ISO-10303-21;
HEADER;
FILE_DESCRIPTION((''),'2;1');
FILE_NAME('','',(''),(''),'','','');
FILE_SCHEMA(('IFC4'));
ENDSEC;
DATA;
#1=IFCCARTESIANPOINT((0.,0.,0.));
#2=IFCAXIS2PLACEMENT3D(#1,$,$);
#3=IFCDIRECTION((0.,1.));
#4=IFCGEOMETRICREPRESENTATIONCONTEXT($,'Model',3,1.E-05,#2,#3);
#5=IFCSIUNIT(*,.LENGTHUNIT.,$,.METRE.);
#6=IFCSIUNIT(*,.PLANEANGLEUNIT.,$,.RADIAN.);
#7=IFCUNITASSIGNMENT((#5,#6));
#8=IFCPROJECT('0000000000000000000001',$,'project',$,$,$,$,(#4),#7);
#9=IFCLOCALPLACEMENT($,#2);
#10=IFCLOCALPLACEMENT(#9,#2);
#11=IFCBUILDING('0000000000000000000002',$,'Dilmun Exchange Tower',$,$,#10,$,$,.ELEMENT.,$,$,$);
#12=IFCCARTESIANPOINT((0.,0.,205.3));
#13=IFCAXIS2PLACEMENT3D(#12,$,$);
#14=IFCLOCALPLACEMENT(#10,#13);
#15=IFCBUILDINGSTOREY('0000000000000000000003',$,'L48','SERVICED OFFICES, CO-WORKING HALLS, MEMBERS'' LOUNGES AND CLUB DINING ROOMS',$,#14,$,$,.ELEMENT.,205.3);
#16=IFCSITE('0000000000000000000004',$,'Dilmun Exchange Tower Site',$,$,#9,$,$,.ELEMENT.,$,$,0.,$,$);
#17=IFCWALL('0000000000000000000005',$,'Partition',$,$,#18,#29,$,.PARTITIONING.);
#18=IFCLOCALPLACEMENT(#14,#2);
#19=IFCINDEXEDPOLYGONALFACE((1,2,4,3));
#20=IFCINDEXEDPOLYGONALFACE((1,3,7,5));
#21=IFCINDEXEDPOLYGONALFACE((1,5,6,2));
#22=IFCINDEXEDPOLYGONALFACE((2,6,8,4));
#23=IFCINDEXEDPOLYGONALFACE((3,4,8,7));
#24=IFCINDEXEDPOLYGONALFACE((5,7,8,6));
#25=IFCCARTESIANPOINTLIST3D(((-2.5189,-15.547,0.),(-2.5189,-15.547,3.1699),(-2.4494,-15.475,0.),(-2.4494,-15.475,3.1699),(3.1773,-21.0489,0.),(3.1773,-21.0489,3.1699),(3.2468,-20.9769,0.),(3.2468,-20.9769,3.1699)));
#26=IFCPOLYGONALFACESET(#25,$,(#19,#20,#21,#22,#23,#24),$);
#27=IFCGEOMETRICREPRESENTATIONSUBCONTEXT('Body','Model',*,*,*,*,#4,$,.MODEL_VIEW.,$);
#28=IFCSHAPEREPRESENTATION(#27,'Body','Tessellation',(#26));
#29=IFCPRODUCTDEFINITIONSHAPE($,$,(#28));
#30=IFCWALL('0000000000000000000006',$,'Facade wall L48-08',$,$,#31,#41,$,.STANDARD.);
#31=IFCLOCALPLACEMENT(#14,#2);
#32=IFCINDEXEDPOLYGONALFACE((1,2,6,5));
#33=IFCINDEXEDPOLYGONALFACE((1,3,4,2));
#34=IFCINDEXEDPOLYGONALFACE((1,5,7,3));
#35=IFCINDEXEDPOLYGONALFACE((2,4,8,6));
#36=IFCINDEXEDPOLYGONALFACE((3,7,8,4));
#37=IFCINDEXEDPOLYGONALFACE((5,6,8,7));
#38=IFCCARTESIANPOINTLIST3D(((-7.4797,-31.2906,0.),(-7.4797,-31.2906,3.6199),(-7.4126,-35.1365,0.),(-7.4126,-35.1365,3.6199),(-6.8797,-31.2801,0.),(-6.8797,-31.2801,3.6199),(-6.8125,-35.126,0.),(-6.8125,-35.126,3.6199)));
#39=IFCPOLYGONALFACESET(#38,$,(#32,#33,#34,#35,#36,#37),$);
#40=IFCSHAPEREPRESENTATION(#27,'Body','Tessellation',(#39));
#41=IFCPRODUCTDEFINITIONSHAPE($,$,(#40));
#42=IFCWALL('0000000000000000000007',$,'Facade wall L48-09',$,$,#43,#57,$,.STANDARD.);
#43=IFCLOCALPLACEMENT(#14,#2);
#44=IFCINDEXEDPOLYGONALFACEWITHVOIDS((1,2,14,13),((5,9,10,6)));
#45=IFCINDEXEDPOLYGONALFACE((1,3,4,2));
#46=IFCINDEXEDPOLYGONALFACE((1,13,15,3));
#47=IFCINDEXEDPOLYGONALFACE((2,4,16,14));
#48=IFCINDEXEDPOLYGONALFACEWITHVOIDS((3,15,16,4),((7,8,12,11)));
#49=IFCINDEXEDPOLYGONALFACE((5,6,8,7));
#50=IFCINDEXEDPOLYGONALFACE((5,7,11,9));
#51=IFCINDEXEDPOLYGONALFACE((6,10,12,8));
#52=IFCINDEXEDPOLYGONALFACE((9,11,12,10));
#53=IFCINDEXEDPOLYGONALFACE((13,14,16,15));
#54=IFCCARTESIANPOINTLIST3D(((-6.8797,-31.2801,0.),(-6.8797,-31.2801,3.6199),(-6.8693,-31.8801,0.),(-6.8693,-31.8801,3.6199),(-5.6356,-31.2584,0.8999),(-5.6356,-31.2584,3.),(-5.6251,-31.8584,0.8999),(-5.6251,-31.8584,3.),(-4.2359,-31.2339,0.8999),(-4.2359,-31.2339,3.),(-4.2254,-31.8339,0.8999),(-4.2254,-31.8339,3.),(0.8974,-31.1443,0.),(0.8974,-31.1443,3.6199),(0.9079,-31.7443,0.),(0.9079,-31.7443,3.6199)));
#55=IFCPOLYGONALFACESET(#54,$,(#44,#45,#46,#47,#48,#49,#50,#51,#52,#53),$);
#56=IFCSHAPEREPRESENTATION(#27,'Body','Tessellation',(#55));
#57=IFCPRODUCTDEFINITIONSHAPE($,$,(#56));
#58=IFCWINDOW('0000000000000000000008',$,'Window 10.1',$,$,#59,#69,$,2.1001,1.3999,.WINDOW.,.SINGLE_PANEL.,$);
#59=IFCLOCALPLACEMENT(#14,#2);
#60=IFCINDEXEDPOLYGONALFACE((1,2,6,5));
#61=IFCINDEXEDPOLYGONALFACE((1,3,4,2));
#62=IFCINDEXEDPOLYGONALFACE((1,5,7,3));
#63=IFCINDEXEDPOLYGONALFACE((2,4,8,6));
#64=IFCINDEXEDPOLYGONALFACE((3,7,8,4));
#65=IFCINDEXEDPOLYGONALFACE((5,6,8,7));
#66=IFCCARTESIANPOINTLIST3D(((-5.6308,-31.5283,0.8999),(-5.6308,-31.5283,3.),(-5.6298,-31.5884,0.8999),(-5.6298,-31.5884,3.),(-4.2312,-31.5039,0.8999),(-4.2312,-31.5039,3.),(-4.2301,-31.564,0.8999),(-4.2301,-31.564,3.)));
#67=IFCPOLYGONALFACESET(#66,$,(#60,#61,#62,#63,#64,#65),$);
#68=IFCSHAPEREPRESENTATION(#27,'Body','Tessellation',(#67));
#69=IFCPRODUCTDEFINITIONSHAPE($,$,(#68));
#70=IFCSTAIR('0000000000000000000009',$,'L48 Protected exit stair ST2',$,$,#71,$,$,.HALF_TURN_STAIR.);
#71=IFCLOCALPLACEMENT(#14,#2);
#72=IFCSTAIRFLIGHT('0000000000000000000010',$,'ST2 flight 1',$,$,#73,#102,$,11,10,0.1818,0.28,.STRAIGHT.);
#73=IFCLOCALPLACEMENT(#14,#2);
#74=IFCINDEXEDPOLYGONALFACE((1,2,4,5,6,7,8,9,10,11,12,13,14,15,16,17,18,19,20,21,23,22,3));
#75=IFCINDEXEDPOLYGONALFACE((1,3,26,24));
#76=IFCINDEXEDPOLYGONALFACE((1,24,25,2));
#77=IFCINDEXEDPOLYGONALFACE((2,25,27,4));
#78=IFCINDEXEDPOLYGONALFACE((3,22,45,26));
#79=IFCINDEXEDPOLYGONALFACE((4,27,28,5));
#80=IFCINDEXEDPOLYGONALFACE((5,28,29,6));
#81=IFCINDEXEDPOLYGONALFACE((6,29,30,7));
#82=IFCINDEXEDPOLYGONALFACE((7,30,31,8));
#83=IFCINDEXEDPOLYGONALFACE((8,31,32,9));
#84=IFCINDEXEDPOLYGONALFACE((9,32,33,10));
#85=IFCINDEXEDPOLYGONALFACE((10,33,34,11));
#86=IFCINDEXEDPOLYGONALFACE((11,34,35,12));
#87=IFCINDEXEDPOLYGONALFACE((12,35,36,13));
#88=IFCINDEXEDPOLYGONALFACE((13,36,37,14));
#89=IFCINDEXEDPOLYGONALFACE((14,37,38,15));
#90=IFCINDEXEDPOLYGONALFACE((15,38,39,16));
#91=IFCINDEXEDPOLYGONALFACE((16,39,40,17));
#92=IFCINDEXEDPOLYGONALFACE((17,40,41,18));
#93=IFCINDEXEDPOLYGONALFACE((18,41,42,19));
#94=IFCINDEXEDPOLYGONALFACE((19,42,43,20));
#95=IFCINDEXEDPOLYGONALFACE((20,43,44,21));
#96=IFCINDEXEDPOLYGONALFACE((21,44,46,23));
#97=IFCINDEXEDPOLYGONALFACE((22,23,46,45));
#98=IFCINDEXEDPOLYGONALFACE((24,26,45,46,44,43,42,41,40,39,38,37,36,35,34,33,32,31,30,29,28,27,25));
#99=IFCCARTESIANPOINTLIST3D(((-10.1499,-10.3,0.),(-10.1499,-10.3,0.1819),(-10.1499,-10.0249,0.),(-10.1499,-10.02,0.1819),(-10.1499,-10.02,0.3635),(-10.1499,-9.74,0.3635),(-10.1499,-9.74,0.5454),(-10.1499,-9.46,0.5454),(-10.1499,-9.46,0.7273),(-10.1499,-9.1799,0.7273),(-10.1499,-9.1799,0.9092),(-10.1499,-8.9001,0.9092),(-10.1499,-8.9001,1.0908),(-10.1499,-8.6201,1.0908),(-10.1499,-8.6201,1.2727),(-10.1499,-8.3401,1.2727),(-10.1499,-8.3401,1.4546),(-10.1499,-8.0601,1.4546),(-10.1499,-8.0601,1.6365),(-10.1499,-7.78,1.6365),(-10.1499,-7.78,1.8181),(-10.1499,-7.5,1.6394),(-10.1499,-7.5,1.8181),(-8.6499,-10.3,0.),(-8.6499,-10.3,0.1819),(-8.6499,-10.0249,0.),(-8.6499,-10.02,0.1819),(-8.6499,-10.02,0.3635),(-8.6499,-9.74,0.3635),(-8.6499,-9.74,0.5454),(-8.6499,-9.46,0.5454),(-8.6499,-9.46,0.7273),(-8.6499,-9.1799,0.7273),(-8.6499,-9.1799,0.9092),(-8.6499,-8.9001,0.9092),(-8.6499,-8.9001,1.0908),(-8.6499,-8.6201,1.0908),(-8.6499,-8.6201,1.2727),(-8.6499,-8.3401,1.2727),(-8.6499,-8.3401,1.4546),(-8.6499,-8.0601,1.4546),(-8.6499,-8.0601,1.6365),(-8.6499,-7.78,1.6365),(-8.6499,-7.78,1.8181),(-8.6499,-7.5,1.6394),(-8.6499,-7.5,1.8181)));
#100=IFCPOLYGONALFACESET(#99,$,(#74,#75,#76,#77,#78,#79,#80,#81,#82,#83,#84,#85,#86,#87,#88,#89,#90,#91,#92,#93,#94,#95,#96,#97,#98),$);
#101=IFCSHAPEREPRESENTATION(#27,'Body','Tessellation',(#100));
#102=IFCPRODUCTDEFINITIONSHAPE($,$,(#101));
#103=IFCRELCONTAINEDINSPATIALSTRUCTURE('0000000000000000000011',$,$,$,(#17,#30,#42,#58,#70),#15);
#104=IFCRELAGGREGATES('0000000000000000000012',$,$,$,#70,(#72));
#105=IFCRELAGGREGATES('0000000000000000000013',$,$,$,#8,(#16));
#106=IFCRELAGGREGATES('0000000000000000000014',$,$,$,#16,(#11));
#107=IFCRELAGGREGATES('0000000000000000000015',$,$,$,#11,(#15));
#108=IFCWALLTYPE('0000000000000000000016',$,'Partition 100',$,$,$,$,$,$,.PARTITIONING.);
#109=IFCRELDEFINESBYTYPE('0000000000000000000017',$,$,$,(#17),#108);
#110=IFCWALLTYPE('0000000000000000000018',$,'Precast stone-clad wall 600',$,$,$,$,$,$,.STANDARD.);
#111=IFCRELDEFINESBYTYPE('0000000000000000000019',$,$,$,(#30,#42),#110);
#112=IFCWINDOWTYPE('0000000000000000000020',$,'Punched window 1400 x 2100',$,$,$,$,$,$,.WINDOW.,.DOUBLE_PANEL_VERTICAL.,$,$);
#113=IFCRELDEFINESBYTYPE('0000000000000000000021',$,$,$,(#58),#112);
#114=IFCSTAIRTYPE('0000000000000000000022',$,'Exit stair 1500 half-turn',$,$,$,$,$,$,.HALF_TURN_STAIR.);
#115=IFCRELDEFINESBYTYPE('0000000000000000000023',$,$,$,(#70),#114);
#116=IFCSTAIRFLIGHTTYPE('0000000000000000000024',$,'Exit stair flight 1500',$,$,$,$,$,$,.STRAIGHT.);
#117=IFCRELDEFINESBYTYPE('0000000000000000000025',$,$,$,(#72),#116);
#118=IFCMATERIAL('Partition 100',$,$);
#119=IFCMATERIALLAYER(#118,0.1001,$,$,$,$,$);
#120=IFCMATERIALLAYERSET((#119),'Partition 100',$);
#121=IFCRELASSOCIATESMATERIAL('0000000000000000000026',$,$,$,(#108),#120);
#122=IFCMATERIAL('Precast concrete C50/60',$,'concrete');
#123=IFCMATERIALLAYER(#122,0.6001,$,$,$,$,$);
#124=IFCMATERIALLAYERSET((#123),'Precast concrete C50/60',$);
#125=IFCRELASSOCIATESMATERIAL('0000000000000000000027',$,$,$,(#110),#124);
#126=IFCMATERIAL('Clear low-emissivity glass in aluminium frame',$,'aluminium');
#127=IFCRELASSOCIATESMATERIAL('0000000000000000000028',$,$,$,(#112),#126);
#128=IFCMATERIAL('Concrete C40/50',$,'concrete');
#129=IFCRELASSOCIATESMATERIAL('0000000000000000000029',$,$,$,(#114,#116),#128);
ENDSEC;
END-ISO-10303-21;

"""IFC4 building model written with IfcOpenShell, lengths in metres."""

from ifc_helpers import new_model, si_unit, direction, frame, frame_2d, origin, place, context, subcontext, project, spatial, polyline, rectangle, outline, extrude, material, layer, layer_set, type_object, element, fill, aggregate, save


model = new_model("IFC4")

# Units and contexts
model_context = context("Model", 3, precision=1e-05, world=origin(), true_north=direction((0.0, 1.0)))
body_context = subcontext(model_context, "Body", "Model", "MODEL_VIEW")
ifc_project = project(units=[si_unit("LENGTHUNIT", "METRE"), si_unit("PLANEANGLEUNIT", "RADIAN")], contexts=[model_context])

# Site, building, storey
site_placement = place(None, origin())
site = spatial("IfcSite", under=ifc_project, at=site_placement, Name="Dilmun Exchange Tower Site", CompositionType="ELEMENT", RefElevation=0.0)
building_placement = place(site_placement, origin())
building = spatial("IfcBuilding", under=site, at=building_placement, Name="Dilmun Exchange Tower", CompositionType="ELEMENT")
storey_placement = place(building_placement, frame((0.0, 0.0, 205.3)))
storey = spatial("IfcBuildingStorey", under=building, at=storey_placement, Name="L48", Description="SERVICED OFFICES, CO-WORKING HALLS, MEMBERS' LOUNGES AND CLUB DINING ROOMS", CompositionType="ELEMENT", Elevation=205.3)

# Shared definitions
ifc_material_1 = material(Name="Concrete C40/50", Category="concrete")

# Walls
ifc_material_2 = material(Name="Partition 100")
ifc_layer_1 = layer(ifc_material_2, 0.1001)
ifc_layer_set_1 = layer_set([ifc_layer_1], Name="Partition 100")
wall_type_1 = type_object("IfcWallType", Name="Partition 100", PredefinedType="PARTITIONING", material=ifc_layer_set_1)
wall_1_placement = place(storey_placement, frame((-2.4841, -15.511, 0.0), z_axis=(0.0, 0.0, 1.0), x_axis=(0.71927, -0.694731, 0.0)))
element("IfcWall", 1, at=wall_1_placement, inside=storey, type_object=wall_type_1, Name="Partition", PredefinedType="PARTITIONING", context=body_context, shape_type="SweptSolid", body=[
    extrude(rectangle(XDim=7.9194, YDim=0.1001, at=frame_2d((3.9597, 0.0))), origin(), (0.0, 0.0, 1.0), 3.1699),
])
ifc_material_3 = material(Name="Precast concrete C50/60", Category="concrete")
ifc_layer_2 = layer(ifc_material_3, 0.6001)
ifc_layer_set_2 = layer_set([ifc_layer_2], Name="Precast concrete C50/60")
wall_type_2 = type_object("IfcWallType", Name="Precast stone-clad wall 600", PredefinedType="STANDARD", material=ifc_layer_set_2)
wall_2_placement = place(storey_placement, frame((-7.1125, -35.1313, 0.0), z_axis=(0.0, 0.0, 1.0), x_axis=(-0.017454, 0.999848, 0.0)))
element("IfcWall", 2, at=wall_2_placement, inside=storey, type_object=wall_type_2, Name="Facade wall L48-08", PredefinedType="STANDARD", context=body_context, shape_type="SweptSolid", body=[
    extrude(rectangle(XDim=3.8464, YDim=0.6001, at=frame_2d((1.9233, 0.0))), origin(), (0.0, 0.0, 1.0), 3.6199),
])

# Wall, opening, window
wall_3_placement = place(storey_placement, frame((-6.8745, -31.5801, 0.0), z_axis=(0.0, 0.0, 1.0), x_axis=(0.999848, 0.017451, 0.0)))
wall_3 = element("IfcWall", 3, at=wall_3_placement, inside=storey, type_object=wall_type_2, Name="Facade wall L48-09", PredefinedType="STANDARD", context=body_context, shape_type="SweptSolid", body=[
    extrude(rectangle(XDim=7.7783, YDim=0.6001, at=frame_2d((3.8892, 0.0))), origin(), (0.0, 0.0, 1.0), 3.6199),
])
opening_1_placement = place(wall_3_placement, frame((1.2444, 0.0, 0.8999)))
opening_1 = element("IfcOpeningElement", 4, at=opening_1_placement, cuts=wall_3, PredefinedType="OPENING", context=body_context, shape_type="SweptSolid", body=[
    extrude(rectangle(XDim=1.3999, YDim=2.1001, at=frame_2d((0.7, 1.05))), frame((0.0, 0.3101, 0.0), z_axis=(0.0, -1.0, 0.0), x_axis=(1.0, 0.0, 0.0)), (0.0, 0.0, 1.0), 0.6201),
])
ifc_material_4 = material(Name="Clear low-emissivity glass in aluminium frame", Category="aluminium")
window_type = type_object("IfcWindowType", Name="Punched window 1400 x 2100", PartitioningType="DOUBLE_PANEL_VERTICAL", PredefinedType="WINDOW", material=ifc_material_4)
window_placement = place(opening_1_placement, origin())
window = element("IfcWindow", 5, at=window_placement, inside=storey, type_object=window_type, Name="Window 10.1", OverallHeight=2.1001, OverallWidth=1.3999, PartitioningType="SINGLE_PANEL", PredefinedType="WINDOW", context=body_context, shape_type="SweptSolid", body=[
    extrude(rectangle(XDim=1.3999, YDim=2.1001, at=frame_2d((0.7, 1.05))), frame((0.0, 0.03, 0.0), z_axis=(0.0, -1.0, 0.0), x_axis=(1.0, 0.0, 0.0)), (0.0, 0.0, 1.0), 0.0601),
])
fill(opening_1, window)

# Stair, stair flight
stair_type = type_object("IfcStairType", Name="Exit stair 1500 half-turn", PredefinedType="HALF_TURN_STAIR", material=ifc_material_1)
stair_placement = place(storey_placement, origin())
stair = element("IfcStair", 6, at=stair_placement, inside=storey, type_object=stair_type, Name="L48 Protected exit stair ST2", PredefinedType="HALF_TURN_STAIR")
stair_flight_type = type_object("IfcStairFlightType", Name="Exit stair flight 1500", PredefinedType="STRAIGHT", material=ifc_material_1)
stair_flight_placement = place(storey_placement, frame((-9.3999, -10.3, 0.0), z_axis=(0.0, 0.0, 1.0), x_axis=(0.0, 1.0, 0.0)))
stair_flight = element("IfcStairFlight", 7, at=stair_flight_placement, type_object=stair_flight_type, Name="ST2 flight 1", NumberOfRisers=11, NumberOfTreads=10, PredefinedType="STRAIGHT", RiserHeight=0.1818, TreadLength=0.28, context=body_context, shape_type="SweptSolid", body=[
    extrude(outline(polyline([(0.0, 0.0), (0.0, 0.1819), (0.28, 0.1819), (0.28, 0.3635), (0.5601, 0.3635), (0.5601, 0.5454), (0.8401, 0.5454), (0.8401, 0.7273), (1.1201, 0.7273), (1.1201, 0.9092), (1.3999, 0.9092), (1.3999, 1.0908), (1.6799, 1.0908), (1.6799, 1.2727), (1.96, 1.2727), (1.96, 1.4546), (2.24, 1.4546), (2.24, 1.6365), (2.52, 1.6365), (2.52, 1.8181), (2.8, 1.8181), (2.8, 2.0), (2.8, 1.6394), (0.2751, 0.0), (0.0, 0.0)])), frame((0.0, 0.75, 0.0), z_axis=(0.0, -1.0, 0.0), x_axis=(1.0, 0.0, 0.0)), (0.0, 0.0, 1.0), 1.5),
])
aggregate(stair, [stair_flight])

save(model, "model.ifc")
